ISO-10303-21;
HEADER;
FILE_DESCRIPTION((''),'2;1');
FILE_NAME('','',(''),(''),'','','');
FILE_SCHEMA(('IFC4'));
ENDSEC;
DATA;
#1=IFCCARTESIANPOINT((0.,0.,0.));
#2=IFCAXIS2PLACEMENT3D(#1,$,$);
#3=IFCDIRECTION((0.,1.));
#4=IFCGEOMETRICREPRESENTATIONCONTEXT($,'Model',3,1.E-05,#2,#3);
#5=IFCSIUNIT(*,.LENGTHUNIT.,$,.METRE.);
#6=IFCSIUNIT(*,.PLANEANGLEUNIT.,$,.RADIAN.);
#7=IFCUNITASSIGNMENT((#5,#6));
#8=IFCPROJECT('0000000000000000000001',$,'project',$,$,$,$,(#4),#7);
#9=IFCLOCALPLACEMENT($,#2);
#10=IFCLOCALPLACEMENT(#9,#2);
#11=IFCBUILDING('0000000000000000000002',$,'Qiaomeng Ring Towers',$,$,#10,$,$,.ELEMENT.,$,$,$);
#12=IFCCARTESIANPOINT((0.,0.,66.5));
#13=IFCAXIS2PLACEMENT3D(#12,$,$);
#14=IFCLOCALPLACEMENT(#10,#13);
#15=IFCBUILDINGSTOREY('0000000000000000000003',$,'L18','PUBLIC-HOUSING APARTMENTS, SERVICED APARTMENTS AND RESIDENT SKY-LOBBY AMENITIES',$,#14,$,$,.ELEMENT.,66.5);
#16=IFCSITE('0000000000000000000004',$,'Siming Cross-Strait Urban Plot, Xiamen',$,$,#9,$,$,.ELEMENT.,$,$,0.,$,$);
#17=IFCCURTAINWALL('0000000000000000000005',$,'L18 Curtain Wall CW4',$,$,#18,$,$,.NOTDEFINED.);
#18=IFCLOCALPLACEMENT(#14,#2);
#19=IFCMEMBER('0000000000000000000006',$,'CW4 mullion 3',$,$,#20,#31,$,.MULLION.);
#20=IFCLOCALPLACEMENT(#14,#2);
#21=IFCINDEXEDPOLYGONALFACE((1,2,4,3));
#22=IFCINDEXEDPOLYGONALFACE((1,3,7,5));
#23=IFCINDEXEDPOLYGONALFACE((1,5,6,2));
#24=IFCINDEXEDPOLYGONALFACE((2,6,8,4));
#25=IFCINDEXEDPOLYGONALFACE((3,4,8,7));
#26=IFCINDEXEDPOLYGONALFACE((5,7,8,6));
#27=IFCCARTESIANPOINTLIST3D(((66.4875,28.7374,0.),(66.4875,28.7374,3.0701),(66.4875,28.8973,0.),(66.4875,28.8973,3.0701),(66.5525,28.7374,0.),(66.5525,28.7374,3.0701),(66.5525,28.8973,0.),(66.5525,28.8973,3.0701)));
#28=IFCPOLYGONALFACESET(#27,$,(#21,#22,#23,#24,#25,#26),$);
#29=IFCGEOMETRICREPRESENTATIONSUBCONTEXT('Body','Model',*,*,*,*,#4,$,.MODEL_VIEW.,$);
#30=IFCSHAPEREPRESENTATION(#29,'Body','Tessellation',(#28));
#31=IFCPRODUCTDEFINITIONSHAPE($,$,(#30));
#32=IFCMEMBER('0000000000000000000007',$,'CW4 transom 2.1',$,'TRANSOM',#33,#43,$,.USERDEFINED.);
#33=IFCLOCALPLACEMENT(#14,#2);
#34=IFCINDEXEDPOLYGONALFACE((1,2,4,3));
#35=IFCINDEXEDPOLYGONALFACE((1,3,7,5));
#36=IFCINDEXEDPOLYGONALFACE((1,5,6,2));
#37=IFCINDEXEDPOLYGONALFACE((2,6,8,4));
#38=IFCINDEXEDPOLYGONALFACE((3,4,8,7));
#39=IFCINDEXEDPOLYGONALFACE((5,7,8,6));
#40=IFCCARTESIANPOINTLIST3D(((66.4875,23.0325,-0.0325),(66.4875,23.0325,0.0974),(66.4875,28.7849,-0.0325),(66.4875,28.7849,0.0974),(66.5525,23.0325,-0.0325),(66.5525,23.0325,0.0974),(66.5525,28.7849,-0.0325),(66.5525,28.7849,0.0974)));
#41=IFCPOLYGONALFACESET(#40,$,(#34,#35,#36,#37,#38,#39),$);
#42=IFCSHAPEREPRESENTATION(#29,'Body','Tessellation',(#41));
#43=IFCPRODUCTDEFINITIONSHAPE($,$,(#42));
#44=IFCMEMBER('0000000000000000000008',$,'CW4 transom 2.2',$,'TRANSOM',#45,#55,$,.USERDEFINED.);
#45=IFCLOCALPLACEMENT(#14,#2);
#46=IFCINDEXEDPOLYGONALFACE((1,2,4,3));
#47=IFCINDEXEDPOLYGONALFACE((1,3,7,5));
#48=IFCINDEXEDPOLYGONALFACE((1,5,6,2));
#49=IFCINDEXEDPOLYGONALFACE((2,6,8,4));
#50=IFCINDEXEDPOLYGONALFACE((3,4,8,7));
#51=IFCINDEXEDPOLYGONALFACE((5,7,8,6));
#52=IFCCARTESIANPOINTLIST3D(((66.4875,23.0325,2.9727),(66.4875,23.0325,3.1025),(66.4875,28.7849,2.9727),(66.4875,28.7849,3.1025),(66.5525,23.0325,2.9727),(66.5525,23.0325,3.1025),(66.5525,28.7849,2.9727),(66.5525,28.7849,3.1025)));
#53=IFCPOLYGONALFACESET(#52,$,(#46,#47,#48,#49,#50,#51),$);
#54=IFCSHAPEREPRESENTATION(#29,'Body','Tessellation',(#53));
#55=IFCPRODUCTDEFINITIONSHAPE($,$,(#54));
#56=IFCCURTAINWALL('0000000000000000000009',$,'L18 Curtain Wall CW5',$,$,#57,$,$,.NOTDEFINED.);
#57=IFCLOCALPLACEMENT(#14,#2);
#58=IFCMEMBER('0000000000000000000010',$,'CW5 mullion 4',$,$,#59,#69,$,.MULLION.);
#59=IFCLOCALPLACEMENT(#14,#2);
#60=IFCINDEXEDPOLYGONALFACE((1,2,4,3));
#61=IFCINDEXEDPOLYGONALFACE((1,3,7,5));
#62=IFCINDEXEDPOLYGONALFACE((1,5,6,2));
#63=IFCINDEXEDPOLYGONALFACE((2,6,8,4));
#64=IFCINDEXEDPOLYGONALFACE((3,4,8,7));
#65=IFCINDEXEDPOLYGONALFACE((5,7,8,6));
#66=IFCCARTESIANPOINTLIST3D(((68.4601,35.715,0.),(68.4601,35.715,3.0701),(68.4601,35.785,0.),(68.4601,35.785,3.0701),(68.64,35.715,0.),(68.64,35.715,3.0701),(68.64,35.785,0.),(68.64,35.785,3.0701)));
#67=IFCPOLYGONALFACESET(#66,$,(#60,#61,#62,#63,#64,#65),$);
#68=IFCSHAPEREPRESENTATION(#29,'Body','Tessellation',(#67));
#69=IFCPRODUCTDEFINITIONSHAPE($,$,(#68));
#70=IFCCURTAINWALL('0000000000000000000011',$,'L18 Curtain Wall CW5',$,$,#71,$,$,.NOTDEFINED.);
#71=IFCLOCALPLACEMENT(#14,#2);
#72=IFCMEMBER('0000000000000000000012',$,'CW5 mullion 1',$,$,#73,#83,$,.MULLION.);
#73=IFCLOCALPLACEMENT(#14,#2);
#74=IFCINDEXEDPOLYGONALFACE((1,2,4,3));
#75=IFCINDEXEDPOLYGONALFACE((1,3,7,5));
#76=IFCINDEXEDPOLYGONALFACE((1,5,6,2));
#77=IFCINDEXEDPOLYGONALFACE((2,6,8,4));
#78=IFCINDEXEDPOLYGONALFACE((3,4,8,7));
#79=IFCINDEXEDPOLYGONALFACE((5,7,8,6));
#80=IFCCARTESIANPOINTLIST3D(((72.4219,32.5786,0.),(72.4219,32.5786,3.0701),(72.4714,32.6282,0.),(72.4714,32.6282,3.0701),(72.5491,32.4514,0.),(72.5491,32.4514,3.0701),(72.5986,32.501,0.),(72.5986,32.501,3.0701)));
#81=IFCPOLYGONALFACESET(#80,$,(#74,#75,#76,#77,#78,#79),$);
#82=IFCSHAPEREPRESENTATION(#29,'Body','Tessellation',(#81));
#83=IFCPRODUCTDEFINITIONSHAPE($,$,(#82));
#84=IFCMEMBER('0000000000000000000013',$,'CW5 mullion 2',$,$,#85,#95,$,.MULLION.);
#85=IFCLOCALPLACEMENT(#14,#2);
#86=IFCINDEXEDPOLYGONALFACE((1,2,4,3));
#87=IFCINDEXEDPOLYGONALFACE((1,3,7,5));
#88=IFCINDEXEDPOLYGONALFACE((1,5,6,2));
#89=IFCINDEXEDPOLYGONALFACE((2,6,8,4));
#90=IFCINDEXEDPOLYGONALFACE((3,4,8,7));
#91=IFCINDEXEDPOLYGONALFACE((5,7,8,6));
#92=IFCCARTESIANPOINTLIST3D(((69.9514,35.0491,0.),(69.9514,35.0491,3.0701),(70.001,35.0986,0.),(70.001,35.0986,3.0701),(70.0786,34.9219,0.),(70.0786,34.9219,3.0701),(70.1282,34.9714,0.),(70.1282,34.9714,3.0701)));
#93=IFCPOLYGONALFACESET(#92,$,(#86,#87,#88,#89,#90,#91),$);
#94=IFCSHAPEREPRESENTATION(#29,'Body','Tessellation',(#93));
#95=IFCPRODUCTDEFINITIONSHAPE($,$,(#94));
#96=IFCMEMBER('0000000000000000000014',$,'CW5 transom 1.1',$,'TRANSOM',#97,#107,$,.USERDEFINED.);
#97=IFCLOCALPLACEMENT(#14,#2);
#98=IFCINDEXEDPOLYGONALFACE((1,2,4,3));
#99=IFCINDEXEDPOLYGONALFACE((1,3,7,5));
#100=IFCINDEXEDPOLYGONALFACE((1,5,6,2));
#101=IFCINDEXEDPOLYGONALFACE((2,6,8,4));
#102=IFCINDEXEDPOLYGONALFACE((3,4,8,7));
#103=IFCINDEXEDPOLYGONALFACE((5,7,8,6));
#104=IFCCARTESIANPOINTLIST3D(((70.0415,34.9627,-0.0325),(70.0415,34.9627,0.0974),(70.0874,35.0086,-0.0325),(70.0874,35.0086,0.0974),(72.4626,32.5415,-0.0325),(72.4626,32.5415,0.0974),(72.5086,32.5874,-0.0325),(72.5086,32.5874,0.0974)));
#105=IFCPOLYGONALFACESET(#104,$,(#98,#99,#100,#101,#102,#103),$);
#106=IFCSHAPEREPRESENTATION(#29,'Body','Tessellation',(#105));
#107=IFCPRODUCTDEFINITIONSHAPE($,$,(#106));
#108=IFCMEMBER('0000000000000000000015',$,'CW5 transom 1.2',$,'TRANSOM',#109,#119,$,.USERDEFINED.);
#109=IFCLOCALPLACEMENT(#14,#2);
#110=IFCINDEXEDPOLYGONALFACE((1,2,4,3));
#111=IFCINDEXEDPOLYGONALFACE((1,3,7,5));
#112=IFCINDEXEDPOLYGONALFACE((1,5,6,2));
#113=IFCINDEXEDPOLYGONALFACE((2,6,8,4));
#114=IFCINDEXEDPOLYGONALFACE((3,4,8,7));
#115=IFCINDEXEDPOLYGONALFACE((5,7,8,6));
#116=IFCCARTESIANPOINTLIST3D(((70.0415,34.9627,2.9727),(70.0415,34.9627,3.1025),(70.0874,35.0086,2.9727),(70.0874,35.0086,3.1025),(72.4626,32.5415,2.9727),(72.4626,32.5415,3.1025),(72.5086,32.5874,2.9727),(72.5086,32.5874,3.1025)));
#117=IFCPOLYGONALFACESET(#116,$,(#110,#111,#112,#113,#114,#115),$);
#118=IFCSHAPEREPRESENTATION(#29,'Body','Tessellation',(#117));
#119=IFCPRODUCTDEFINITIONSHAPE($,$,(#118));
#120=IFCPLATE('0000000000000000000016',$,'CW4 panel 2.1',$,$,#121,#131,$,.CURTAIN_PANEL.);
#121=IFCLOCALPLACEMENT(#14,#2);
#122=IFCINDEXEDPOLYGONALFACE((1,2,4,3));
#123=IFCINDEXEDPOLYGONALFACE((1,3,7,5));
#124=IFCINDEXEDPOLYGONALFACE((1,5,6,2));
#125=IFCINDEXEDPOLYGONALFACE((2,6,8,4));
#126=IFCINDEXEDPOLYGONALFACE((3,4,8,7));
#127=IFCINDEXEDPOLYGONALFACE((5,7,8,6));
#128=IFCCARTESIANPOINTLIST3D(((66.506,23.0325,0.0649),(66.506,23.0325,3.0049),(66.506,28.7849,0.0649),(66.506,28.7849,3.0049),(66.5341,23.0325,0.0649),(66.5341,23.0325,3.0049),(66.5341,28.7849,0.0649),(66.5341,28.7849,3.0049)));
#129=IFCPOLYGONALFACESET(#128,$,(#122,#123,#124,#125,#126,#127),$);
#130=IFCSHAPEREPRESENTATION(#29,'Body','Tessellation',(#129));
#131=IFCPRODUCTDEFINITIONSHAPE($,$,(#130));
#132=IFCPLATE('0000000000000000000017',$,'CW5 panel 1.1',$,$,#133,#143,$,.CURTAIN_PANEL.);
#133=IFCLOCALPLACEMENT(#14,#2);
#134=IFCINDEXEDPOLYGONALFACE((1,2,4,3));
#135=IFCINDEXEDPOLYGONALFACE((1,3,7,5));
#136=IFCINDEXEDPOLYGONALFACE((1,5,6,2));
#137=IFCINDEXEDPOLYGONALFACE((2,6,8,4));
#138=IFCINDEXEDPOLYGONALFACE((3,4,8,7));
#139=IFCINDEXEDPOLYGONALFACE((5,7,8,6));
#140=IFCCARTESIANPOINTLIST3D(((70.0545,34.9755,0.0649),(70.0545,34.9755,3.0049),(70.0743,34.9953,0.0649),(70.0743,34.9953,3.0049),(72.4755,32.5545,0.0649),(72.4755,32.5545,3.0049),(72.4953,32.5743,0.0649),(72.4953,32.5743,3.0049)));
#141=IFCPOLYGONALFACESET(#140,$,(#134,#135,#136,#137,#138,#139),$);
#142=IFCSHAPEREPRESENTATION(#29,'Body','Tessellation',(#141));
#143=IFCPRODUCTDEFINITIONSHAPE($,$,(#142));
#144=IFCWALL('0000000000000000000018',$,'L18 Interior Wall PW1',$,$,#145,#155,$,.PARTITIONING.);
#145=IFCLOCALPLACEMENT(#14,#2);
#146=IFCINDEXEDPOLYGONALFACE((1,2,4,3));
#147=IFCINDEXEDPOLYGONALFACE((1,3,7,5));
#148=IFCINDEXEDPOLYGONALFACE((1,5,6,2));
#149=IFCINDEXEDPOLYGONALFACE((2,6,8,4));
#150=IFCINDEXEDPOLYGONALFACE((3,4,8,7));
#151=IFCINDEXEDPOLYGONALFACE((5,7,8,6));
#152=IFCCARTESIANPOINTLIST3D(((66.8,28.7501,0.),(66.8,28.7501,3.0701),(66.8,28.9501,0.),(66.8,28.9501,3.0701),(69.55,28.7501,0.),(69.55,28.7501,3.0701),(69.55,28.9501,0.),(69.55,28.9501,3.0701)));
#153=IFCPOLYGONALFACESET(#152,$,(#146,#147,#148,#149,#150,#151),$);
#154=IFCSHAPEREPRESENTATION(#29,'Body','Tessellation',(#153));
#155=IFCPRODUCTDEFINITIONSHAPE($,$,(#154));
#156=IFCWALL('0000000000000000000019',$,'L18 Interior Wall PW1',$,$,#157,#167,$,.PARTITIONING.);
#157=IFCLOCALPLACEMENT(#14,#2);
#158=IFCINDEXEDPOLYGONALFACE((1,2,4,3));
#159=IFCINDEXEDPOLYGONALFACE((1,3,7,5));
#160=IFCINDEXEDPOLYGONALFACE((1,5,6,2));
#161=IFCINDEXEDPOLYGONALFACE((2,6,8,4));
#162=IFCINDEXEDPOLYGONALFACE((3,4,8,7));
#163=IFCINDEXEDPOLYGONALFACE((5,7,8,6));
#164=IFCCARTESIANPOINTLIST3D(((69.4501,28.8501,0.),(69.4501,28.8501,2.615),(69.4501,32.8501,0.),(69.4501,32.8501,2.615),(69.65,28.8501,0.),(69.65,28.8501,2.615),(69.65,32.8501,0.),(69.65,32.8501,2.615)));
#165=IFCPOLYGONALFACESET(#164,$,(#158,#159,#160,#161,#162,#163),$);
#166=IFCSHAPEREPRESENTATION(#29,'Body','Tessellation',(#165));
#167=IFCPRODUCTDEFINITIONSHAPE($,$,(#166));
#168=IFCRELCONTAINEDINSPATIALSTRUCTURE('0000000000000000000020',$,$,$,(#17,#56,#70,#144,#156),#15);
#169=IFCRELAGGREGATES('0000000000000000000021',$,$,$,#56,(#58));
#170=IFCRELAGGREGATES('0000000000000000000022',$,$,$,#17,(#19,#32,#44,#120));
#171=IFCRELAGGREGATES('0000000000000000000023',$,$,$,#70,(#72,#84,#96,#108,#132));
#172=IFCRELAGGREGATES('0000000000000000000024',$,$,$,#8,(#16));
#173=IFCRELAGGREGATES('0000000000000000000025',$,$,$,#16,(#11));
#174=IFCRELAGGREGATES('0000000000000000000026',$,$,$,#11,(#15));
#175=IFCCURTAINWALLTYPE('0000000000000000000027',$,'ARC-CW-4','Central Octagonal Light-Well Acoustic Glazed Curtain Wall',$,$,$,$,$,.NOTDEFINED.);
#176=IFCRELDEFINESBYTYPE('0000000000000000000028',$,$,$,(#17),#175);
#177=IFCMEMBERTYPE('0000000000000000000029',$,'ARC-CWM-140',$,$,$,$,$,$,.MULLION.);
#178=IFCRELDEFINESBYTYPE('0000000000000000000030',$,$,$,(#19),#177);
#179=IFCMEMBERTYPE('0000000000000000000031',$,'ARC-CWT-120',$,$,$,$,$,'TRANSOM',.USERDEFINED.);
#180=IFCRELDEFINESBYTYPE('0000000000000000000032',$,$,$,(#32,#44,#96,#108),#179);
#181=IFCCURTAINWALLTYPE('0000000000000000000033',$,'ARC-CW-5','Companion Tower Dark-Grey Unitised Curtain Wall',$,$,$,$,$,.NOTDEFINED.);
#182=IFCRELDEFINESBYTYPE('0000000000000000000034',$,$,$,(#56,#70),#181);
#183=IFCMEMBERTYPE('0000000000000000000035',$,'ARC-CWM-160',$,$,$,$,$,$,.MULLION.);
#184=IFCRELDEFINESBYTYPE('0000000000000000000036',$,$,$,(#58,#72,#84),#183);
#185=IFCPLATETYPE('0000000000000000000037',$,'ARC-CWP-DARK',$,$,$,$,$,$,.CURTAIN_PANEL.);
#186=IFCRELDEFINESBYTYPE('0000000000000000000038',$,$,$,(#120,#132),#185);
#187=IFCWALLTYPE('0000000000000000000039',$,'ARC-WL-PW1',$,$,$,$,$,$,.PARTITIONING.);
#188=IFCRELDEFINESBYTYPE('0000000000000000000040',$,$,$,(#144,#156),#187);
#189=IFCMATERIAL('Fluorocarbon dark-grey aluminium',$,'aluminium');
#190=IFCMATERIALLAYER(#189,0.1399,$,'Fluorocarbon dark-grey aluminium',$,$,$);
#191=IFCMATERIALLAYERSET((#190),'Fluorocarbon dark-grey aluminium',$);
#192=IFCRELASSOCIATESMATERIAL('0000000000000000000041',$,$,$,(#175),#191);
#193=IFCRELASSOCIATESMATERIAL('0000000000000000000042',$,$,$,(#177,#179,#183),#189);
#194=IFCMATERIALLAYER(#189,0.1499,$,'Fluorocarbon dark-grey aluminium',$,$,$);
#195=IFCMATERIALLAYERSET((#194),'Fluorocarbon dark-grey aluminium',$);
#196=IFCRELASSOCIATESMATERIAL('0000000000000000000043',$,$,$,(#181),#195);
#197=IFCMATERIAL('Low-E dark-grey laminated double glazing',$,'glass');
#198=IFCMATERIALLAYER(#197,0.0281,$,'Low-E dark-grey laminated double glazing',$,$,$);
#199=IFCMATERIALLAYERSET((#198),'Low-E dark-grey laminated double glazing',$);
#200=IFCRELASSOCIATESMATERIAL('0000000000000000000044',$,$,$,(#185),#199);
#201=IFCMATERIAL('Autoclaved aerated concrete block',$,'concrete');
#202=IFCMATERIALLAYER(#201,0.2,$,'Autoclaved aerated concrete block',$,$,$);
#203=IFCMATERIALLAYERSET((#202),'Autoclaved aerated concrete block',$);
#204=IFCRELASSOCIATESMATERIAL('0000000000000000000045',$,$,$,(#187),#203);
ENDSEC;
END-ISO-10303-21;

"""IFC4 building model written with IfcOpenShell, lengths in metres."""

from ifc_helpers import new_model, si_unit, direction, frame, frame_2d, origin, origin_2d, place, context, subcontext, project, spatial, rectangle, extrude, source, transform, mapped, material, layer, layer_set, material_profile, profile_set, type_object, element, aggregate, save


model = new_model("IFC4")

# Units and contexts
model_context = context("Model", 3, precision=1e-05, world=origin(), true_north=direction((0.0, 1.0)))
body_context = subcontext(model_context, "Body", "Model", "MODEL_VIEW")
ifc_project = project(units=[si_unit("LENGTHUNIT", "METRE"), si_unit("PLANEANGLEUNIT", "RADIAN")], contexts=[model_context])

# Site, building, storey
site_placement = place(None, origin())
site = spatial("IfcSite", under=ifc_project, at=site_placement, Name="Siming Cross-Strait Urban Plot, Xiamen", CompositionType="ELEMENT", RefElevation=0.0)
building_placement = place(site_placement, origin())
building = spatial("IfcBuilding", under=site, at=building_placement, Name="Qiaomeng Ring Towers", CompositionType="ELEMENT")
storey_placement = place(building_placement, frame((0.0, 0.0, 66.5)))
storey = spatial("IfcBuildingStorey", under=building, at=storey_placement, Name="L18", Description="PUBLIC-HOUSING APARTMENTS, SERVICED APARTMENTS AND RESIDENT SKY-LOBBY AMENITIES", CompositionType="ELEMENT", Elevation=66.5)

# Curtain wall, members
ifc_material_1 = material(Name="Fluorocarbon dark-grey aluminium", Category="aluminium")
ifc_layer_1 = layer(ifc_material_1, 0.1399, Name="Fluorocarbon dark-grey aluminium")
ifc_layer_set_1 = layer_set([ifc_layer_1], Name="Fluorocarbon dark-grey aluminium")
curtain_wall_type_1 = type_object("IfcCurtainWallType", Name="ARC-CW-4", Description="Central Octagonal Light-Well Acoustic Glazed Curtain Wall", PredefinedType="NOTDEFINED", material=ifc_layer_set_1)
curtain_wall_1_placement = place(storey_placement, origin())
curtain_wall_1 = element("IfcCurtainWall", 1, at=curtain_wall_1_placement, inside=storey, type_object=curtain_wall_type_1, Name="L18 Curtain Wall CW4", PredefinedType="NOTDEFINED")
ifc_material_profile_1 = material_profile(ifc_material_1, rectangle(XDim=0.0649, YDim=0.1599, at=origin_2d()), Name="ALU MULL 65x160")
ifc_profile_set_1 = profile_set([ifc_material_profile_1], Name="Fluorocarbon dark-grey aluminium")
member_type_1 = type_object("IfcMemberType", Name="ARC-CWM-140", PredefinedType="MULLION", material=ifc_profile_set_1)
shared_shape_1 = source(origin(), body_context, "Body", "SweptSolid", [
    extrude(rectangle(XDim=0.0649, YDim=0.1599, at=origin_2d()), origin(), (0.0, 0.0, 1.0), 3.0701),
])
member_1_placement = place(storey_placement, frame((66.52, 28.8174, 0.0), z_axis=(0.0, 0.0, 1.0), x_axis=(-1.0, 0.0, 0.0)))
member_1 = element("IfcMember", 2, at=member_1_placement, type_object=member_type_1, Name="CW4 mullion 3", PredefinedType="MULLION", context=body_context, shape_type="MappedRepresentation", body=[
    mapped(shared_shape_1, transform((0.0, 0.0, 0.0), x_axis=(1.0, 0.0, 0.0), y_axis=(0.0, 1.0, 0.0), z_axis=(0.0, 0.0, 1.0), scale=1.0)),
])
ifc_material_profile_2 = material_profile(ifc_material_1, rectangle(XDim=0.0649, YDim=0.1299, at=origin_2d()), Name="ALU TRAN 65x130")
ifc_profile_set_2 = profile_set([ifc_material_profile_2], Name="Fluorocarbon dark-grey aluminium")
member_type_2 = type_object("IfcMemberType", Name="ARC-CWT-120", ElementType="TRANSOM", PredefinedType="USERDEFINED", material=ifc_profile_set_2)
shared_shape_2 = source(origin(), body_context, "Body", "SweptSolid", [
    extrude(rectangle(XDim=0.0649, YDim=0.1299, at=origin_2d()), origin(), (0.0, 0.0, 1.0), 5.7524),
])
member_2_placement = place(storey_placement, frame((66.52, 23.0325, 0.0325), z_axis=(0.0, 1.0, 0.0), x_axis=(-1.0, 0.0, 0.0)))
member_2 = element("IfcMember", 3, at=member_2_placement, type_object=member_type_2, Name="CW4 transom 2.1", ObjectType="TRANSOM", PredefinedType="USERDEFINED", context=body_context, shape_type="MappedRepresentation", body=[
    mapped(shared_shape_2, transform((0.0, 0.0, 0.0), x_axis=(1.0, 0.0, 0.0), y_axis=(0.0, 1.0, 0.0), z_axis=(0.0, 0.0, 1.0), scale=1.0)),
])
member_3_placement = place(storey_placement, frame((66.52, 23.0325, 3.0376), z_axis=(0.0, 1.0, 0.0), x_axis=(-1.0, 0.0, 0.0)))
member_3 = element("IfcMember", 4, at=member_3_placement, type_object=member_type_2, Name="CW4 transom 2.2", ObjectType="TRANSOM", PredefinedType="USERDEFINED", context=body_context, shape_type="MappedRepresentation", body=[
    mapped(shared_shape_2, transform((0.0, 0.0, 0.0), x_axis=(1.0, 0.0, 0.0), y_axis=(0.0, 1.0, 0.0), z_axis=(0.0, 0.0, 1.0), scale=1.0)),
])

# Curtain wall, member
ifc_layer_2 = layer(ifc_material_1, 0.1499, Name="Fluorocarbon dark-grey aluminium")
ifc_layer_set_2 = layer_set([ifc_layer_2], Name="Fluorocarbon dark-grey aluminium")
curtain_wall_type_2 = type_object("IfcCurtainWallType", Name="ARC-CW-5", Description="Companion Tower Dark-Grey Unitised Curtain Wall", PredefinedType="NOTDEFINED", material=ifc_layer_set_2)
curtain_wall_2_placement = place(storey_placement, origin())
curtain_wall_2 = element("IfcCurtainWall", 5, at=curtain_wall_2_placement, inside=storey, type_object=curtain_wall_type_2, Name="L18 Curtain Wall CW5", PredefinedType="NOTDEFINED")
ifc_material_profile_3 = material_profile(ifc_material_1, rectangle(XDim=0.0701, YDim=0.1799, at=origin_2d()), Name="ALU MULL 70x180")
ifc_profile_set_3 = profile_set([ifc_material_profile_3], Name="Fluorocarbon dark-grey aluminium")
member_type_3 = type_object("IfcMemberType", Name="ARC-CWM-160", PredefinedType="MULLION", material=ifc_profile_set_3)
shared_shape_3 = source(origin(), body_context, "Body", "SweptSolid", [
    extrude(rectangle(XDim=0.0701, YDim=0.1799, at=origin_2d()), origin(), (0.0, 0.0, 1.0), 3.0701),
])
member_4_placement = place(storey_placement, frame((68.55, 35.75, 0.0), z_axis=(0.0, 0.0, 1.0), x_axis=(0.0, 1.0, 0.0)))
member_4 = element("IfcMember", 6, at=member_4_placement, type_object=member_type_3, Name="CW5 mullion 4", PredefinedType="MULLION", context=body_context, shape_type="MappedRepresentation", body=[
    mapped(shared_shape_3, transform((0.0, 0.0, 0.0), x_axis=(1.0, 0.0, 0.0), y_axis=(0.0, 1.0, 0.0), z_axis=(0.0, 0.0, 1.0), scale=1.0)),
])
aggregate(curtain_wall_2, [member_4])

# Curtain wall, members
curtain_wall_3_placement = place(storey_placement, origin())
curtain_wall_3 = element("IfcCurtainWall", 7, at=curtain_wall_3_placement, inside=storey, type_object=curtain_wall_type_2, Name="L18 Curtain Wall CW5", PredefinedType="NOTDEFINED")
member_5_placement = place(storey_placement, frame((72.5103, 32.5398, 0.0), z_axis=(0.0, 0.0, 1.0), x_axis=(-0.707107, -0.707107, 0.0)))
member_5 = element("IfcMember", 8, at=member_5_placement, type_object=member_type_3, Name="CW5 mullion 1", PredefinedType="MULLION", context=body_context, shape_type="MappedRepresentation", body=[
    mapped(shared_shape_3, transform((0.0, 0.0, 0.0), x_axis=(1.0, 0.0, 0.0), y_axis=(0.0, 1.0, 0.0), z_axis=(0.0, 0.0, 1.0), scale=1.0)),
])
member_6_placement = place(storey_placement, frame((70.0398, 35.0103, 0.0), z_axis=(0.0, 0.0, 1.0), x_axis=(-0.707107, -0.707107, 0.0)))
member_6 = element("IfcMember", 9, at=member_6_placement, type_object=member_type_3, Name="CW5 mullion 2", PredefinedType="MULLION", context=body_context, shape_type="MappedRepresentation", body=[
    mapped(shared_shape_3, transform((0.0, 0.0, 0.0), x_axis=(1.0, 0.0, 0.0), y_axis=(0.0, 1.0, 0.0), z_axis=(0.0, 0.0, 1.0), scale=1.0)),
])
shared_shape_4 = source(origin(), body_context, "Body", "SweptSolid", [
    extrude(rectangle(XDim=0.0649, YDim=0.1299, at=origin_2d()), origin(), (0.0, 0.0, 1.0), 3.4241),
])
member_7_placement = place(storey_placement, frame((72.4856, 32.5645, 0.0325), z_axis=(-0.707107, 0.707107, 0.0), x_axis=(-0.707107, -0.707107, 0.0)))
member_7 = element("IfcMember", 10, at=member_7_placement, type_object=member_type_2, Name="CW5 transom 1.1", ObjectType="TRANSOM", PredefinedType="USERDEFINED", context=body_context, shape_type="MappedRepresentation", body=[
    mapped(shared_shape_4, transform((0.0, 0.0, 0.0), x_axis=(1.0, 0.0, 0.0), y_axis=(0.0, 1.0, 0.0), z_axis=(0.0, 0.0, 1.0), scale=1.0)),
])
member_8_placement = place(storey_placement, frame((72.4856, 32.5645, 3.0376), z_axis=(-0.707107, 0.707107, 0.0), x_axis=(-0.707107, -0.707107, 0.0)))
member_8 = element("IfcMember", 11, at=member_8_placement, type_object=member_type_2, Name="CW5 transom 1.2", ObjectType="TRANSOM", PredefinedType="USERDEFINED", context=body_context, shape_type="MappedRepresentation", body=[
    mapped(shared_shape_4, transform((0.0, 0.0, 0.0), x_axis=(1.0, 0.0, 0.0), y_axis=(0.0, 1.0, 0.0), z_axis=(0.0, 0.0, 1.0), scale=1.0)),
])

# Plates
ifc_material_2 = material(Name="Low-E dark-grey laminated double glazing", Category="glass")
ifc_layer_3 = layer(ifc_material_2, 0.0281, Name="Low-E dark-grey laminated double glazing")
ifc_layer_set_3 = layer_set([ifc_layer_3], Name="Low-E dark-grey laminated double glazing")
plate_type = type_object("IfcPlateType", Name="ARC-CWP-DARK", PredefinedType="CURTAIN_PANEL", material=ifc_layer_set_3)
shared_shape_5 = source(origin(), body_context, "Body", "SweptSolid", [
    extrude(rectangle(XDim=5.7524, YDim=0.0281, at=origin_2d()), origin(), (0.0, 0.0, 1.0), 2.9399),
])
plate_1_placement = place(storey_placement, frame((66.52, 25.9087, 0.0649), z_axis=(0.0, 0.0, 1.0), x_axis=(0.0, 1.0, 0.0)))
plate_1 = element("IfcPlate", 12, at=plate_1_placement, type_object=plate_type, Name="CW4 panel 2.1", PredefinedType="CURTAIN_PANEL", context=body_context, shape_type="MappedRepresentation", body=[
    mapped(shared_shape_5, transform((0.0, 0.0, 0.0), x_axis=(1.0, 0.0, 0.0), y_axis=(0.0, 1.0, 0.0), z_axis=(0.0, 0.0, 1.0), scale=1.0)),
])
aggregate(curtain_wall_1, [member_1, member_2, member_3, plate_1])
shared_shape_6 = source(origin(), body_context, "Body", "SweptSolid", [
    extrude(rectangle(XDim=3.4238, YDim=0.0281, at=origin_2d()), origin(), (0.0, 0.0, 1.0), 2.9399),
])
plate_2_placement = place(storey_placement, frame((71.2749, 33.7749, 0.0649), z_axis=(0.0, 0.0, 1.0), x_axis=(-0.707107, 0.707107, 0.0)))
plate_2 = element("IfcPlate", 13, at=plate_2_placement, type_object=plate_type, Name="CW5 panel 1.1", PredefinedType="CURTAIN_PANEL", context=body_context, shape_type="MappedRepresentation", body=[
    mapped(shared_shape_6, transform((0.0, 0.0, 0.0), x_axis=(1.0, 0.0, 0.0), y_axis=(0.0, 1.0, 0.0), z_axis=(0.0, 0.0, 1.0), scale=1.0)),
])
aggregate(curtain_wall_3, [member_5, member_6, member_7, member_8, plate_2])

# Walls
ifc_material_3 = material(Name="Autoclaved aerated concrete block", Category="concrete")
ifc_layer_4 = layer(ifc_material_3, 0.2, Name="Autoclaved aerated concrete block")
ifc_layer_set_4 = layer_set([ifc_layer_4], Name="Autoclaved aerated concrete block")
wall_type_1 = type_object("IfcWallType", Name="ARC-WL-PW1", PredefinedType="PARTITIONING", material=ifc_layer_set_4)
wall_1_placement = place(storey_placement, frame((66.8, 28.8501, 0.0), z_axis=(0.0, 0.0, 1.0), x_axis=(1.0, 0.0, 0.0)))
element("IfcWall", 14, at=wall_1_placement, inside=storey, type_object=wall_type_1, Name="L18 Interior Wall PW1", PredefinedType="PARTITIONING", context=body_context, shape_type="SweptSolid", body=[
    extrude(rectangle(XDim=2.75, YDim=0.2, at=frame_2d((1.375, 0.0))), origin(), (0.0, 0.0, 1.0), 3.0701),
])
wall_2_placement = place(storey_placement, frame((69.55, 28.8501, 0.0), z_axis=(0.0, 0.0, 1.0), x_axis=(0.0, 1.0, 0.0)))
element("IfcWall", 15, at=wall_2_placement, inside=storey, type_object=wall_type_1, Name="L18 Interior Wall PW1", PredefinedType="PARTITIONING", context=body_context, shape_type="SweptSolid", body=[
    extrude(rectangle(XDim=4.0, YDim=0.2, at=frame_2d((2.0, 0.0))), origin(), (0.0, 0.0, 1.0), 2.615),
])

save(model, "model.ifc")
